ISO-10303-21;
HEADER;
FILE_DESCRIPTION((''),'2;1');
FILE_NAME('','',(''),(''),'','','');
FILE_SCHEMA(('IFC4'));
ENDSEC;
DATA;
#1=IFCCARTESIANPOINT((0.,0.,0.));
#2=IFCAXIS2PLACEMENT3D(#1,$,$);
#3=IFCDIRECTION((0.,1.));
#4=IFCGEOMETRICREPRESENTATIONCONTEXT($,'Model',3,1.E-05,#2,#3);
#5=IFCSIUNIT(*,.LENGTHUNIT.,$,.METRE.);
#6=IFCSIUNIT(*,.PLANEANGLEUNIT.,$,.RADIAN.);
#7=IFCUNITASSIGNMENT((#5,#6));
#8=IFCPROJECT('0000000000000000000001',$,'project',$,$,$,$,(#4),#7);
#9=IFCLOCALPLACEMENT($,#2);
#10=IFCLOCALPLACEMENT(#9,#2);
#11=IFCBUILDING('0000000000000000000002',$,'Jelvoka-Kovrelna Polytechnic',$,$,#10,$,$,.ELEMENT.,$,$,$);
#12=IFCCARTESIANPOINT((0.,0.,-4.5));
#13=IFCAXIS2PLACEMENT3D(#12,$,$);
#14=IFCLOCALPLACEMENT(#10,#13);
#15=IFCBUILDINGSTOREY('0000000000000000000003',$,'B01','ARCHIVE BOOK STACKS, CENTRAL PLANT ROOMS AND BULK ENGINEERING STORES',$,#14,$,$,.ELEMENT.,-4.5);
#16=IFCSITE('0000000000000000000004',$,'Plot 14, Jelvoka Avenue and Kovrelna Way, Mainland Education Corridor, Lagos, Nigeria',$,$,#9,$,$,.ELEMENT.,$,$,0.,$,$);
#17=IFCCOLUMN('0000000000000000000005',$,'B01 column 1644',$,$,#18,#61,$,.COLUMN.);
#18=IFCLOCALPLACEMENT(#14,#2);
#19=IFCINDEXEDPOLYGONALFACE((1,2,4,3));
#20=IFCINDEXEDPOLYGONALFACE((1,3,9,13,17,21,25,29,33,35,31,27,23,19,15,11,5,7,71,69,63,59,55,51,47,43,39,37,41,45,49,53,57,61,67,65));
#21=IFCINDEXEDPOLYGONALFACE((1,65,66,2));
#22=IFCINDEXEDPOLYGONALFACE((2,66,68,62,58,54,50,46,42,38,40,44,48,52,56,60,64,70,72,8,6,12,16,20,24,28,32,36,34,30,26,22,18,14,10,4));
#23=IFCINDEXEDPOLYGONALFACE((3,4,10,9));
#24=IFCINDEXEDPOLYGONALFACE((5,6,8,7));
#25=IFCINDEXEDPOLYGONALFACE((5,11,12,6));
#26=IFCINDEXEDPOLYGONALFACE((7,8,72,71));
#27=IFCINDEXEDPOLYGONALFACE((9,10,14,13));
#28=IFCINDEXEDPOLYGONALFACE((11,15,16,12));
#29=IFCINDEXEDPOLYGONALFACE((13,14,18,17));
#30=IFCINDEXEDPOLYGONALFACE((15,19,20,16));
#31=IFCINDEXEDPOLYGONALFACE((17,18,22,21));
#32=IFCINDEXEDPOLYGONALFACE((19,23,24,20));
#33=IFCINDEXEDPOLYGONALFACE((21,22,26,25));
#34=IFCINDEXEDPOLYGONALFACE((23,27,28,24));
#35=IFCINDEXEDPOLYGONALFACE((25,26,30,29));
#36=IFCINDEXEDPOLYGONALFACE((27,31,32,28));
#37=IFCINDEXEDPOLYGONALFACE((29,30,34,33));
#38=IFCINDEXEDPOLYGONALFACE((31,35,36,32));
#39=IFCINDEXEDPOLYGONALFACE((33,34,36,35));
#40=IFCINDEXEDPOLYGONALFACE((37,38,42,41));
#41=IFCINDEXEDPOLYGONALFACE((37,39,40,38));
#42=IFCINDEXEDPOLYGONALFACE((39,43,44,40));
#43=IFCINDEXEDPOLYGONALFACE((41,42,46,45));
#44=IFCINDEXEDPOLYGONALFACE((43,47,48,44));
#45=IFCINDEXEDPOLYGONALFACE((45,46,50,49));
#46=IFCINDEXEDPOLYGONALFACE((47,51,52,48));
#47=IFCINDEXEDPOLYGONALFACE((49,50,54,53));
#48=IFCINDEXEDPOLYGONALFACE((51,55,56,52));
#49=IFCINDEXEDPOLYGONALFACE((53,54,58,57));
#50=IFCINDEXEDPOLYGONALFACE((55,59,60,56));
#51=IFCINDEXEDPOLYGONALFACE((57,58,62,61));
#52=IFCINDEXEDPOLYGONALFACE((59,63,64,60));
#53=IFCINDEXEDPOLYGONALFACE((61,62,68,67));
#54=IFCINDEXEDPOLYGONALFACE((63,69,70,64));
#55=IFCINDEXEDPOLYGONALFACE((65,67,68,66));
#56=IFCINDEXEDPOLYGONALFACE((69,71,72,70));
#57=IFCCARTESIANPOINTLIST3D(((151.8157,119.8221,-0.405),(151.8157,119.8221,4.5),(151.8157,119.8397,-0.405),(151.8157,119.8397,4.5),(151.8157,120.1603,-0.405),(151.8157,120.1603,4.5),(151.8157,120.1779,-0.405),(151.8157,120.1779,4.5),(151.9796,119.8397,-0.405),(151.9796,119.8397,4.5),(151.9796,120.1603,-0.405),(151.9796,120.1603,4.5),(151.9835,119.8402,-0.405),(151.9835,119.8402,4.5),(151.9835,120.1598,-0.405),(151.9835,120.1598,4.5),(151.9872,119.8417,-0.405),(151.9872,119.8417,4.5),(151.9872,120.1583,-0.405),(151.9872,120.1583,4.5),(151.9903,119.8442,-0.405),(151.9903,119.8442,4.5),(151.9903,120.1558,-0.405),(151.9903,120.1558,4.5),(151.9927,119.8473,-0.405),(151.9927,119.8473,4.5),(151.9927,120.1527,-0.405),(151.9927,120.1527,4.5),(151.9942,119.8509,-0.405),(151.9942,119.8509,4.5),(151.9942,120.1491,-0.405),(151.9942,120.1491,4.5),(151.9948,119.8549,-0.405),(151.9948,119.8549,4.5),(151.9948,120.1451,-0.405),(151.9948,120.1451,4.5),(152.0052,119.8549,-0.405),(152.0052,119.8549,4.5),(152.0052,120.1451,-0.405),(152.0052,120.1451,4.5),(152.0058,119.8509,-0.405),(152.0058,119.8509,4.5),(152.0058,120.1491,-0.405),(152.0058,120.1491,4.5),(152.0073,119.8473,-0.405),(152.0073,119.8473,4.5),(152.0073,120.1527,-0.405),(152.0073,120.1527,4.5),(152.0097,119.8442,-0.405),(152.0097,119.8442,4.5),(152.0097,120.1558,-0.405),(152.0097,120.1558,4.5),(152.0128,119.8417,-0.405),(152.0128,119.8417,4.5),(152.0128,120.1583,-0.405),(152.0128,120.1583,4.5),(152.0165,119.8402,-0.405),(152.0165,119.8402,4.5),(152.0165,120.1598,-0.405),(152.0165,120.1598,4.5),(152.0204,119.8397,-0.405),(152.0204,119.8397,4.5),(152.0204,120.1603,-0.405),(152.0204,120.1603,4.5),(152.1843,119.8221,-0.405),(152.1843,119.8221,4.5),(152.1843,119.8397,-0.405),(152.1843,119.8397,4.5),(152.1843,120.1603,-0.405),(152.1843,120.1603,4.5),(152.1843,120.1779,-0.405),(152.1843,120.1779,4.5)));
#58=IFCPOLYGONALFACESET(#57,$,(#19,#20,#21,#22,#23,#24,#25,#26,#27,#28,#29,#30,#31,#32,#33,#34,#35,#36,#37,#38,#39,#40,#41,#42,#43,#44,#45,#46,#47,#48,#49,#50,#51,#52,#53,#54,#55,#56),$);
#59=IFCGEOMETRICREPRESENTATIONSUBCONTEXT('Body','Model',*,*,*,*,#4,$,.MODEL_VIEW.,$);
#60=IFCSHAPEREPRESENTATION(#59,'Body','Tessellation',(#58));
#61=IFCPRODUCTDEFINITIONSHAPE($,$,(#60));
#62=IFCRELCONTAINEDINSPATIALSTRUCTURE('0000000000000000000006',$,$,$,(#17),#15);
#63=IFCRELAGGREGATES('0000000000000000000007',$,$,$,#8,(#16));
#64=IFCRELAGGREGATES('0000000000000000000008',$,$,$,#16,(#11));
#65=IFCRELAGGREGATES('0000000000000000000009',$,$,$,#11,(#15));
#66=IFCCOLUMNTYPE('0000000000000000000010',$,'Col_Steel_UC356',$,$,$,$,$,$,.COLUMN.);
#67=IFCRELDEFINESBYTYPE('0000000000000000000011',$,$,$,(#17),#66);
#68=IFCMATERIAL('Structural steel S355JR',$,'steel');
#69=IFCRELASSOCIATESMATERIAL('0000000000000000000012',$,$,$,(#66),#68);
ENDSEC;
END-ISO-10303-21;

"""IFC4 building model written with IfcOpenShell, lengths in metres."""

from ifc_helpers import new_model, si_unit, direction, frame, origin, origin_2d, place, context, subcontext, project, spatial, i_section, extrude, material, material_profile, profile_set, type_object, element, save


model = new_model("IFC4")

# Units and contexts
model_context = context("Model", 3, precision=1e-05, world=origin(), true_north=direction((0.0, 1.0)))
body_context = subcontext(model_context, "Body", "Model", "MODEL_VIEW")
ifc_project = project(units=[si_unit("LENGTHUNIT", "METRE"), si_unit("PLANEANGLEUNIT", "RADIAN")], contexts=[model_context])

# Site, building, storey
site_placement = place(None, origin())
site = spatial("IfcSite", under=ifc_project, at=site_placement, Name="Plot 14, Jelvoka Avenue and Kovrelna Way, Mainland Education Corridor, Lagos, Nigeria", CompositionType="ELEMENT", RefElevation=0.0)
building_placement = place(site_placement, origin())
building = spatial("IfcBuilding", under=site, at=building_placement, Name="Jelvoka-Kovrelna Polytechnic", CompositionType="ELEMENT")
storey_placement = place(building_placement, frame((0.0, 0.0, -4.5)))
storey = spatial("IfcBuildingStorey", under=building, at=storey_placement, Name="B01", Description="ARCHIVE BOOK STACKS, CENTRAL PLANT ROOMS AND BULK ENGINEERING STORES", CompositionType="ELEMENT", Elevation=-4.5)

# Column
ifc_material_1 = material(Name="Structural steel S355JR", Category="steel")
ifc_material_profile_1 = material_profile(ifc_material_1, i_section(OverallWidth=0.3687, OverallDepth=0.3557, WebThickness=0.0105, FlangeThickness=0.0176, FilletRadius=0.0151, at=origin_2d()), Name="356x368x129 UC")
ifc_profile_set_1 = profile_set([ifc_material_profile_1], Name="Structural steel S355JR")
column_type_1 = type_object("IfcColumnType", Name="Col_Steel_UC356", PredefinedType="COLUMN", material=ifc_profile_set_1)
for number, where, z_axis, x_axis, name in (
    (1, (152.0, 120.0, -0.405), (0.0, 0.0, 1.0), (1.0, 0.0, 0.0), "B01 column 1644"),
):
    element("IfcColumn", number, at=place(storey_placement, frame(where, z_axis=z_axis, x_axis=x_axis)), inside=storey, type_object=column_type_1, Name=name, PredefinedType="COLUMN", context=body_context, shape_type="SweptSolid", body=[
        extrude(i_section(OverallWidth=0.3687, OverallDepth=0.3557, WebThickness=0.0105, FlangeThickness=0.0176, FilletRadius=0.0151, at=origin_2d()), origin(), (0.0, 0.0, 1.0), 4.905),
    ])

save(model, "model.ifc")
